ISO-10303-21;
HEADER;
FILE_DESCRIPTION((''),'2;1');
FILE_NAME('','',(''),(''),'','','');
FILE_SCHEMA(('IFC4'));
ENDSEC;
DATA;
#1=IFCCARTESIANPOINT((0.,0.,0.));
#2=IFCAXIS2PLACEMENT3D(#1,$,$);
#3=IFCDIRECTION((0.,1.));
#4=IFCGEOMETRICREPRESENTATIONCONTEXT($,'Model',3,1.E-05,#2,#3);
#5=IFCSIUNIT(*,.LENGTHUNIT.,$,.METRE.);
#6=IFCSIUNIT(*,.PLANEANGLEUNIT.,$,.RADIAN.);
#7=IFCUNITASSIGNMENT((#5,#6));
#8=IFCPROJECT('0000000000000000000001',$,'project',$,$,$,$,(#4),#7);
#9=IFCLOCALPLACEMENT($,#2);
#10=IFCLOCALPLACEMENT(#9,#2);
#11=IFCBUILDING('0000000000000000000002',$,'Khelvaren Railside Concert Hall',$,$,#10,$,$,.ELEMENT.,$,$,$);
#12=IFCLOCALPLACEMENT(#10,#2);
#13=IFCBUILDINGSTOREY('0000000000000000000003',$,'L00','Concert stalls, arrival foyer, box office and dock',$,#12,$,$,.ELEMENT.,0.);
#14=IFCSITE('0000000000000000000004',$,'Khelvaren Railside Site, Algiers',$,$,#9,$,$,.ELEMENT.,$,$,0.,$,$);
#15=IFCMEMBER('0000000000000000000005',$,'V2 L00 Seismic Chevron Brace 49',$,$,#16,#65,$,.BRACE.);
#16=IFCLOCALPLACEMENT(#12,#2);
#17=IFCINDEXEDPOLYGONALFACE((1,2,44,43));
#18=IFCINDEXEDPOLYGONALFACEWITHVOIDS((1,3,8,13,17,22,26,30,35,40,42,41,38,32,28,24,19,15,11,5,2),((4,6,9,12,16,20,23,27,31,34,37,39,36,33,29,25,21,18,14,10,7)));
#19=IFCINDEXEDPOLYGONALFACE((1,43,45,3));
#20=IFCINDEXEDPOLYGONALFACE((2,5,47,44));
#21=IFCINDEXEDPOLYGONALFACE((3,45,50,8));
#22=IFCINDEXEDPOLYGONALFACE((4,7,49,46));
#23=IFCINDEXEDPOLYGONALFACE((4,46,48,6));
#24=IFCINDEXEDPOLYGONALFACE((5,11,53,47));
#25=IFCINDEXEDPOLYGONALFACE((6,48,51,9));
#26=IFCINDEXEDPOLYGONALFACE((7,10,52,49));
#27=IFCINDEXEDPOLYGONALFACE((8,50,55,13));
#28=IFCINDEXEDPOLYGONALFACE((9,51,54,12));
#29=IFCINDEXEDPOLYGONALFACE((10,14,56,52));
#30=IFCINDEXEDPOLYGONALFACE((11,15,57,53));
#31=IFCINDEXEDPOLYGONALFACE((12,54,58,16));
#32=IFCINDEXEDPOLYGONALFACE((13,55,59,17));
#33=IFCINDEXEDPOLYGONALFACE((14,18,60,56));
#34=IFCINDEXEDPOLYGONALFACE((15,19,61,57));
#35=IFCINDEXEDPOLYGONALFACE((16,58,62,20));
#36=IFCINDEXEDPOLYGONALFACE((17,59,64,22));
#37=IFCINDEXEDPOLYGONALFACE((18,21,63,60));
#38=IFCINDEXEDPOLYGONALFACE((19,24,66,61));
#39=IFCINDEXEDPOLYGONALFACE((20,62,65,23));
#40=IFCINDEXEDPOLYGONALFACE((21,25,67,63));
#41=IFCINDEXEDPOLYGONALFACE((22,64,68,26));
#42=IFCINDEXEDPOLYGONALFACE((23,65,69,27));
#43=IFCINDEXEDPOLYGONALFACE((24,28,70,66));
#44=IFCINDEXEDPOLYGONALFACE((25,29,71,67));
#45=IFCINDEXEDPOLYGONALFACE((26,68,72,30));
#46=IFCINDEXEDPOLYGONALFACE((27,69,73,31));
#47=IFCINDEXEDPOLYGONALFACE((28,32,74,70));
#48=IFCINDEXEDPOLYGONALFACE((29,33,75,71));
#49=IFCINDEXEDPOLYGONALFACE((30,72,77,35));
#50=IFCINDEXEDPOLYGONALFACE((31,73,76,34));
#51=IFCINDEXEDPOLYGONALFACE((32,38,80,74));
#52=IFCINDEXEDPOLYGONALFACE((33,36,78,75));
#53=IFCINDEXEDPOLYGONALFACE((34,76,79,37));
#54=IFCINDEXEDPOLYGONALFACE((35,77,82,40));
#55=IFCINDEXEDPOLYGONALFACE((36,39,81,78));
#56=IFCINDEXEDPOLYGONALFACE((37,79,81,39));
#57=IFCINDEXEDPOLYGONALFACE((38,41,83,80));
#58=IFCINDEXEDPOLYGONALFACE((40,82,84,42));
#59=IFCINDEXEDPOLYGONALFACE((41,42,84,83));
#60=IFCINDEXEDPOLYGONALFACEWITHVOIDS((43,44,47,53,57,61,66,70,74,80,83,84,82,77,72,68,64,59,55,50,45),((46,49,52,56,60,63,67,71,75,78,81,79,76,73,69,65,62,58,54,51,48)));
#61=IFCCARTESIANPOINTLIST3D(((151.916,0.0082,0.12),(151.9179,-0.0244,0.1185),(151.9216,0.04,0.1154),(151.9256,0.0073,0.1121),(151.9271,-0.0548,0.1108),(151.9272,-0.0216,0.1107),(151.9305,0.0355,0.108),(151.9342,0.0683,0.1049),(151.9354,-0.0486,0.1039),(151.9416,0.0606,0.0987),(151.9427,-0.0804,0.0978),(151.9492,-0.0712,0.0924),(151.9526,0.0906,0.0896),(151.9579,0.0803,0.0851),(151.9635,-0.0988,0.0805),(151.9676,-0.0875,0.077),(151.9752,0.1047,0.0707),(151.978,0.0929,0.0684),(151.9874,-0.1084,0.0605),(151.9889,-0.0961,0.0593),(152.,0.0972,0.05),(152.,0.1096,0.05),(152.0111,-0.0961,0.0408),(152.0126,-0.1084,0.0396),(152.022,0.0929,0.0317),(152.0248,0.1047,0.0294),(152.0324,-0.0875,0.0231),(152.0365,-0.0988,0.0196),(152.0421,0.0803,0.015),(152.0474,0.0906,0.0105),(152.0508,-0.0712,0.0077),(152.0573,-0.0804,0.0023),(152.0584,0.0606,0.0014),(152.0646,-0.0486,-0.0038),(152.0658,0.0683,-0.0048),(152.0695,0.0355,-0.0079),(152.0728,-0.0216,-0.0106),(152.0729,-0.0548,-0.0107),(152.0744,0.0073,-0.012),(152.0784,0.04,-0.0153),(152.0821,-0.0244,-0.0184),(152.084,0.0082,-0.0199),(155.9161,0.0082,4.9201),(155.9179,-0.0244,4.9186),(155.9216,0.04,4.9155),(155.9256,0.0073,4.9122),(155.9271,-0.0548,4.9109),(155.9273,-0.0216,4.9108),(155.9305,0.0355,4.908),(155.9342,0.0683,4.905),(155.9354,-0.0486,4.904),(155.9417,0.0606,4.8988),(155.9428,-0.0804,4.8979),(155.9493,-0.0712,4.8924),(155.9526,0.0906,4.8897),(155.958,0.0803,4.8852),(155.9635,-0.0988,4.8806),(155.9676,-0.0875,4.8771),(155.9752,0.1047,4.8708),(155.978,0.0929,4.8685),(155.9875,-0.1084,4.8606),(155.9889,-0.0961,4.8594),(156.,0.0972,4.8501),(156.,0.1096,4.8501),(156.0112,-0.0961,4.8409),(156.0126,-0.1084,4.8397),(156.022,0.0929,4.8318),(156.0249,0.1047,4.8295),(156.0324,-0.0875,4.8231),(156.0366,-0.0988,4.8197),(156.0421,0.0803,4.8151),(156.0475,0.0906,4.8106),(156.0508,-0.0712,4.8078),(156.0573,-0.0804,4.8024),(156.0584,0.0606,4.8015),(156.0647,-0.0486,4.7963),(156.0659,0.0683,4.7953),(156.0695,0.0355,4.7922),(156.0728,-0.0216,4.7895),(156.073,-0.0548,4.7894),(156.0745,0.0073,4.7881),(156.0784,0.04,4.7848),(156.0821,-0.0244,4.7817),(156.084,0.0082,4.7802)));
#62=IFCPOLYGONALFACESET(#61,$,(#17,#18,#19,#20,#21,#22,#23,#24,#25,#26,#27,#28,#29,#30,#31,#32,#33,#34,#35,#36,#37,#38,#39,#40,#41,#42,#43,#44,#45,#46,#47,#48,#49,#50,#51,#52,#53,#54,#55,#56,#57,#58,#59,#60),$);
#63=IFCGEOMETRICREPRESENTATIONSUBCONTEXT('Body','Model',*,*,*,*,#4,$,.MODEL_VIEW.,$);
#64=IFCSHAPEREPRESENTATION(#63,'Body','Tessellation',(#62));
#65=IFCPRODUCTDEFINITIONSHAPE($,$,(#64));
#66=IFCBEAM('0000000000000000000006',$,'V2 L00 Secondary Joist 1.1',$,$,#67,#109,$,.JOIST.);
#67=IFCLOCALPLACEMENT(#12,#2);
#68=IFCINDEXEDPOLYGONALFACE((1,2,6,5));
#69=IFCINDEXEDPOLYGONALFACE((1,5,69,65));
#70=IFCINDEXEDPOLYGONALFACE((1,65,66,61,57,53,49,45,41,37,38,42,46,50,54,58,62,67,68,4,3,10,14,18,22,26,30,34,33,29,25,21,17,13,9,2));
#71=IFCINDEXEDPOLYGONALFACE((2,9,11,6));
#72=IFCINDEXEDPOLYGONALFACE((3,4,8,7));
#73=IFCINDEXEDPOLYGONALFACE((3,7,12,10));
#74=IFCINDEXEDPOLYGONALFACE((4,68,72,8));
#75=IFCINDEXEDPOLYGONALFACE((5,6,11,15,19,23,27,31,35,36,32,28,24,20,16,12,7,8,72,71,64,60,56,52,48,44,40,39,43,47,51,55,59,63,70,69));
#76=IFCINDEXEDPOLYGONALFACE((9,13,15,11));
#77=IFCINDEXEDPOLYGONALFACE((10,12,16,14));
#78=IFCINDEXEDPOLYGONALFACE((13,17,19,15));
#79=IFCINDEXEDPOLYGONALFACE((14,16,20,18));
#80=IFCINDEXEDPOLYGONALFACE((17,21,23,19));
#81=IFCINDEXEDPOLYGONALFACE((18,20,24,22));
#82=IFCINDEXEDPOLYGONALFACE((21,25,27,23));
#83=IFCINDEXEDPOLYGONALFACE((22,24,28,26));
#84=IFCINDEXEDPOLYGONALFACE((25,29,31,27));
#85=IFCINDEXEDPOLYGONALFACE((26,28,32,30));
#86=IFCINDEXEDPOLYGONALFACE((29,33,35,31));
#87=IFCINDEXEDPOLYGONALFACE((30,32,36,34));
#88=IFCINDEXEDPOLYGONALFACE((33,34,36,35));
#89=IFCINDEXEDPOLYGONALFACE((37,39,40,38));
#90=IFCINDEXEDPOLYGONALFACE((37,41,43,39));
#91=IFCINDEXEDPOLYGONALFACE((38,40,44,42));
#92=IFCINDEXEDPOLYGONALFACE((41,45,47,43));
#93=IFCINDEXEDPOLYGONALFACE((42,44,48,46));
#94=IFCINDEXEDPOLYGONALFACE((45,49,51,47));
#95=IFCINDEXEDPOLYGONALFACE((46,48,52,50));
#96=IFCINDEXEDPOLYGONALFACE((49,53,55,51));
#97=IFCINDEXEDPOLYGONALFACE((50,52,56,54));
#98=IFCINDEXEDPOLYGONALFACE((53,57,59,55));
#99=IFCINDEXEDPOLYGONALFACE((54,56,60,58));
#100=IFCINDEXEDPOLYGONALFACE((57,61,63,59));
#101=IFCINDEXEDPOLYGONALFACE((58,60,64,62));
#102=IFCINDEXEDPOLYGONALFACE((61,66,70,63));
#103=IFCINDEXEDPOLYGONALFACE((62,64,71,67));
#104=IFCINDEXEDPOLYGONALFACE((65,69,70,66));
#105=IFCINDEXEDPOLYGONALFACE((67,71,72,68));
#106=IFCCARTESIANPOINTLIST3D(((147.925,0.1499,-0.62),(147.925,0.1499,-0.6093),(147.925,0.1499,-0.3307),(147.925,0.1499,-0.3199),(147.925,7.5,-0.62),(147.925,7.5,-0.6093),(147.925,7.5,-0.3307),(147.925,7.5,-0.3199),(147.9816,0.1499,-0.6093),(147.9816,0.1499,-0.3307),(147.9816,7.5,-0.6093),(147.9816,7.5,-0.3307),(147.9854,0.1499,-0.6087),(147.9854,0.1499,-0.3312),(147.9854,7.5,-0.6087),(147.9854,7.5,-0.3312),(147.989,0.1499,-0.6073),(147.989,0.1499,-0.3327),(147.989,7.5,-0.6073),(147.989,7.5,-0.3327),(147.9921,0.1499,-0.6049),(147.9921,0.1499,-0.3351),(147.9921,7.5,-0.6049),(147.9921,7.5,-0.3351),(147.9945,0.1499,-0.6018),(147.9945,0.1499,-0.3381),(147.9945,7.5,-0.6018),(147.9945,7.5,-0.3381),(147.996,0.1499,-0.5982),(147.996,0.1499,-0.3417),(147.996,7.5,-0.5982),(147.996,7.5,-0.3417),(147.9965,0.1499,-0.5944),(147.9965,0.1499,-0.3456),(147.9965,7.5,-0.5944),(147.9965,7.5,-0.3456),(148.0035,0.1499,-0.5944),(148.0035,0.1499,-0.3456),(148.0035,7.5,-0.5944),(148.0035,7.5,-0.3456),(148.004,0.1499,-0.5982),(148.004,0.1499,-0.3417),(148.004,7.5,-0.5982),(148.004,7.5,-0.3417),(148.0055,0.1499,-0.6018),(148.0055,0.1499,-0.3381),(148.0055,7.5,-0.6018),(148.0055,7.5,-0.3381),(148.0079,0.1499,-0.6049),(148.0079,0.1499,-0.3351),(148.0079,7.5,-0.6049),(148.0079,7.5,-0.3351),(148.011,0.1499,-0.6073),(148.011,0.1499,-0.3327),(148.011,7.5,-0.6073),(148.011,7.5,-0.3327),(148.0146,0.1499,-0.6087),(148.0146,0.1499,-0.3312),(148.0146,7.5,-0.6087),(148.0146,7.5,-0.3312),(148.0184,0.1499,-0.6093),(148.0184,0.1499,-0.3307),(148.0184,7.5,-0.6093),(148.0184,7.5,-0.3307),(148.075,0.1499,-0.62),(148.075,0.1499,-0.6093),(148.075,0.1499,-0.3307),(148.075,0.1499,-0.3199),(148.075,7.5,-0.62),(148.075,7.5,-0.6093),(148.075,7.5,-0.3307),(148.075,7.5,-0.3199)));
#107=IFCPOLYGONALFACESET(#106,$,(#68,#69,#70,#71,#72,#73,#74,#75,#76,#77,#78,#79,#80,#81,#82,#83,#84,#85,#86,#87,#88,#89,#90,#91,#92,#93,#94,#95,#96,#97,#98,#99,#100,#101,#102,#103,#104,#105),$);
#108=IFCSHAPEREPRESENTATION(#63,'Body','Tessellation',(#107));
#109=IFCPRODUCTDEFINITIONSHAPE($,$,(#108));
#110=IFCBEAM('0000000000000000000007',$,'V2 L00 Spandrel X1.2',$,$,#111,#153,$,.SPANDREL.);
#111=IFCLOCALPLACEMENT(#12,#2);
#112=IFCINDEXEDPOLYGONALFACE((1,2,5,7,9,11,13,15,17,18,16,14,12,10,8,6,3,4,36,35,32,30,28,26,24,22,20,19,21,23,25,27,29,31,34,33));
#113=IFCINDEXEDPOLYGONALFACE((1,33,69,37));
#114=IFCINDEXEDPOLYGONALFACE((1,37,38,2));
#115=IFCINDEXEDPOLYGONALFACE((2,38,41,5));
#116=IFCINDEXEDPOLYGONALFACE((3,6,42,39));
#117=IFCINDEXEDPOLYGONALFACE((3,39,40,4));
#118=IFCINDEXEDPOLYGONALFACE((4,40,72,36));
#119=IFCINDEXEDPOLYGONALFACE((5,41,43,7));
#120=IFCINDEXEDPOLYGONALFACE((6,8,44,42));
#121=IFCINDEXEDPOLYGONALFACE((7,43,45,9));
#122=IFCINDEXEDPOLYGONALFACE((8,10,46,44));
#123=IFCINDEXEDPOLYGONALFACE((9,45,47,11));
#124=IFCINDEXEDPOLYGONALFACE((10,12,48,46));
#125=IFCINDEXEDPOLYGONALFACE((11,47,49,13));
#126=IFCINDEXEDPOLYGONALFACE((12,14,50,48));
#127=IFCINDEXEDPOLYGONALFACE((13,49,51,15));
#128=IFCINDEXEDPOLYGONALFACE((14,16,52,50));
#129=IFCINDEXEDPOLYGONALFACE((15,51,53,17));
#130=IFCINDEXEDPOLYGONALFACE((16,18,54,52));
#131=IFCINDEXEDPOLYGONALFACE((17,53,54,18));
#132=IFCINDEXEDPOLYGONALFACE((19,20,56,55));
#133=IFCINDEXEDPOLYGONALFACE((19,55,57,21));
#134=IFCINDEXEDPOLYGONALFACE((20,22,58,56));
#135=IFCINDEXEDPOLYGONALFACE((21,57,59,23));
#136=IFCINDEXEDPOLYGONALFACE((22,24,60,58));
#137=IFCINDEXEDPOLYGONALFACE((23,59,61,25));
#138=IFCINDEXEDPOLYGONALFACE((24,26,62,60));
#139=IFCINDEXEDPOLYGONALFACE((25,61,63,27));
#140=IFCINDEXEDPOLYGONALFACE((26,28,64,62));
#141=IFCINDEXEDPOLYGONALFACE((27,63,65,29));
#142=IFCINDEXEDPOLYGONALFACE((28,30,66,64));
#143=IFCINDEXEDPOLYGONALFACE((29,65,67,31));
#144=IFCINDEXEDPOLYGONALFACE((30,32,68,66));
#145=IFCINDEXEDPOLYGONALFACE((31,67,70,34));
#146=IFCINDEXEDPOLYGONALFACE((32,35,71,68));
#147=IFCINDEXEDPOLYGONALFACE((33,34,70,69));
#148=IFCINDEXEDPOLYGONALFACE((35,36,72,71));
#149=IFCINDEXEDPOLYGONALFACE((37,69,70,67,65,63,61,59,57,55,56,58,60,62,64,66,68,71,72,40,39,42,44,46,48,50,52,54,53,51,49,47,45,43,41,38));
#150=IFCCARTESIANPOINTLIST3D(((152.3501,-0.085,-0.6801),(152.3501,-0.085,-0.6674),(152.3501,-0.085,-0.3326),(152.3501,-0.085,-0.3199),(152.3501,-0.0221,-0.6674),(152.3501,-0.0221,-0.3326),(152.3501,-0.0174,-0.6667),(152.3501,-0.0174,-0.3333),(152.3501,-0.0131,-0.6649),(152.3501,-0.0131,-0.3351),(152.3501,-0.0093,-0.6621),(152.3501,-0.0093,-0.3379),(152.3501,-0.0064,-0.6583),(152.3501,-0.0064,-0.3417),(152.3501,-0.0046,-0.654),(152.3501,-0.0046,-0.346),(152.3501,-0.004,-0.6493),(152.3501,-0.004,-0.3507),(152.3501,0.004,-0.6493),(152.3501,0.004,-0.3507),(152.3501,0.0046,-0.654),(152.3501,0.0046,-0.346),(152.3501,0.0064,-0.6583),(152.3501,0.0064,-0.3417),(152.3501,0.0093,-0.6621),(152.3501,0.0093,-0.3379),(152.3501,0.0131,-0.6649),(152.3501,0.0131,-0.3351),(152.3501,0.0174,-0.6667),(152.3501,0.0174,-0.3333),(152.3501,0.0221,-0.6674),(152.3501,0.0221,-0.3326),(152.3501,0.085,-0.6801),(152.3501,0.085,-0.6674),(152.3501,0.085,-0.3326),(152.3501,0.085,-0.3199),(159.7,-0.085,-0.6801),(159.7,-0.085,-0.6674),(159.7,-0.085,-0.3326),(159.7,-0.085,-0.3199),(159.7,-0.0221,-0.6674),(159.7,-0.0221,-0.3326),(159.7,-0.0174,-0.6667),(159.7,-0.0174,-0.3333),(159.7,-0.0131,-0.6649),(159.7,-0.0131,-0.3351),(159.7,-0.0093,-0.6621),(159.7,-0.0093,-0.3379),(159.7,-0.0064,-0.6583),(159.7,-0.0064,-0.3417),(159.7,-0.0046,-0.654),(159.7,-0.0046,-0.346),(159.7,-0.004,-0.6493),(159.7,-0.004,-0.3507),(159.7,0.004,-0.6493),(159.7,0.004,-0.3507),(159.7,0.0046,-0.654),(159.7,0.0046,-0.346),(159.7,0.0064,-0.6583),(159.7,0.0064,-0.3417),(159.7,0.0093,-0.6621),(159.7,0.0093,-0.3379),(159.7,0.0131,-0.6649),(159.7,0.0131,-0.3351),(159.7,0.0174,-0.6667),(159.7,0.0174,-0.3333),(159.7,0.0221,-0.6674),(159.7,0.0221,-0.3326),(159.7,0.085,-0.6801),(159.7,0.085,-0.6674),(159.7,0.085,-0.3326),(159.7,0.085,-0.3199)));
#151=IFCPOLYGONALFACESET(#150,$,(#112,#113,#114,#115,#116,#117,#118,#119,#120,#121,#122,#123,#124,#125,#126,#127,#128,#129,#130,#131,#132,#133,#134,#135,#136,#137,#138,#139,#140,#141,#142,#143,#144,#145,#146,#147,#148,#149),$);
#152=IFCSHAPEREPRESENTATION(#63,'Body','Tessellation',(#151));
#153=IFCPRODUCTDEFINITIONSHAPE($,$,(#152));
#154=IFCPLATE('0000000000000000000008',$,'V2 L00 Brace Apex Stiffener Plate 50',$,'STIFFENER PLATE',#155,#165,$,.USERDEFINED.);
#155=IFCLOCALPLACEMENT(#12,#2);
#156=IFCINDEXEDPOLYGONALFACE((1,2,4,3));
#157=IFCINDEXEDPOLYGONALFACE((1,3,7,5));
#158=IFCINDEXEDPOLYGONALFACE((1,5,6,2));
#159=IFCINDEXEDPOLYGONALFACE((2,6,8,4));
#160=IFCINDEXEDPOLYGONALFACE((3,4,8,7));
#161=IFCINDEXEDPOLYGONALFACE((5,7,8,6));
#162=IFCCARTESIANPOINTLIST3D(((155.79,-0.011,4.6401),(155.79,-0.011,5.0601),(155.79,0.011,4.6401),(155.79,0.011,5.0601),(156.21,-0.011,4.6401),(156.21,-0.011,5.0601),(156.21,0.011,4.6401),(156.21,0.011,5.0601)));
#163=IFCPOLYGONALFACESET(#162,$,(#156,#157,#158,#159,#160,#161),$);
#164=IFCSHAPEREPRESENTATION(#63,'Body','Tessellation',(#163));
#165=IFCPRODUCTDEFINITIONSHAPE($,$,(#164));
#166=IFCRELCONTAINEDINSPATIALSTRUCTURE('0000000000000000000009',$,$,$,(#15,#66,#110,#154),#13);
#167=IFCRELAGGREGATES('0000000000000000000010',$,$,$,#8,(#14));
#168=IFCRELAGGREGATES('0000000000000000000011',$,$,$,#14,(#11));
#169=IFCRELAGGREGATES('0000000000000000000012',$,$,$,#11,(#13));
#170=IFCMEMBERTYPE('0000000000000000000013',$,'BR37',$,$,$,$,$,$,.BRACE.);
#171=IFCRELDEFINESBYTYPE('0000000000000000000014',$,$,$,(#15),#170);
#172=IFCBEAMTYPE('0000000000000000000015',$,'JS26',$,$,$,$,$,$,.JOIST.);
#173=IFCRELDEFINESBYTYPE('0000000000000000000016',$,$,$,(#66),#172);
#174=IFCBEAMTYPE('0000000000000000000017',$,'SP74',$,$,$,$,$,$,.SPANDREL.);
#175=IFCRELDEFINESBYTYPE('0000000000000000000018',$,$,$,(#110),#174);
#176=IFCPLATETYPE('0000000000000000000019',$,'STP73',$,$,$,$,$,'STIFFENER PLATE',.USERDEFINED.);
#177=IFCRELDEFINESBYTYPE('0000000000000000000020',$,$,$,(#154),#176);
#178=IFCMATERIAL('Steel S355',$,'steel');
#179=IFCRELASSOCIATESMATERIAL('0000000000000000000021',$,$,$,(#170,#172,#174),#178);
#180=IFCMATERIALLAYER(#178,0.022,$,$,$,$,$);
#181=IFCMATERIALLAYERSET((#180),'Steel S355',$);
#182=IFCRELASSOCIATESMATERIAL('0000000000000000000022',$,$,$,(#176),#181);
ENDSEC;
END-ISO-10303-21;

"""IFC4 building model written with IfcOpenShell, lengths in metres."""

from ifc_helpers import new_model, si_unit, direction, frame, origin, origin_2d, place, context, subcontext, project, spatial, rectangle, hollow_circle, i_section, extrude, material, layer, layer_set, material_profile, profile_set, type_object, element, save


model = new_model("IFC4")

# Units and contexts
model_context = context("Model", 3, precision=1e-05, world=origin(), true_north=direction((0.0, 1.0)))
body_context = subcontext(model_context, "Body", "Model", "MODEL_VIEW")
ifc_project = project(units=[si_unit("LENGTHUNIT", "METRE"), si_unit("PLANEANGLEUNIT", "RADIAN")], contexts=[model_context])

# Site, building, storey
site_placement = place(None, origin())
site = spatial("IfcSite", under=ifc_project, at=site_placement, Name="Khelvaren Railside Site, Algiers", CompositionType="ELEMENT", RefElevation=0.0)
building_placement = place(site_placement, origin())
building = spatial("IfcBuilding", under=site, at=building_placement, Name="Khelvaren Railside Concert Hall", CompositionType="ELEMENT")
storey_placement = place(building_placement, origin())
storey = spatial("IfcBuildingStorey", under=building, at=storey_placement, Name="L00", Description="Concert stalls, arrival foyer, box office and dock", CompositionType="ELEMENT", Elevation=0.0)

# Shared definitions
ifc_material_1 = material(Name="Steel S355", Category="steel")

# Member
ifc_material_profile_1 = material_profile(ifc_material_1, hollow_circle(Radius=0.1096, WallThickness=0.0125, at=origin_2d()), Name="CHS 219.1x12.5")
ifc_profile_set_1 = profile_set([ifc_material_profile_1], Name="Steel S355")
member_type = type_object("IfcMemberType", Name="BR37", PredefinedType="BRACE", material=ifc_profile_set_1)
member_placement = place(storey_placement, frame((152.0, 0.0, 0.05), z_axis=(0.640181, 0.0, 0.768224), x_axis=(0.0, 1.0, 0.0)))
element("IfcMember", 1, at=member_placement, inside=storey, type_object=member_type, Name="V2 L00 Seismic Chevron Brace 49", PredefinedType="BRACE", context=body_context, shape_type="SweptSolid", body=[
    extrude(hollow_circle(Radius=0.1096, WallThickness=0.0125, at=origin_2d()), origin(), (0.0, 0.0, 1.0), 6.2483),
])

# Beams
ifc_material_profile_2 = material_profile(ifc_material_1, i_section(OverallWidth=0.1499, OverallDepth=0.3, WebThickness=0.0071, FlangeThickness=0.0107, FilletRadius=0.0149, at=origin_2d()), Name="IPE 300")
ifc_profile_set_2 = profile_set([ifc_material_profile_2], Name="Steel S355")
beam_type_1 = type_object("IfcBeamType", Name="JS26", PredefinedType="JOIST", material=ifc_profile_set_2)
beam_1_placement = place(storey_placement, frame((148.0, 0.1499, -0.47), z_axis=(0.0, 1.0, 0.0), x_axis=(-1.0, 0.0, 0.0)))
element("IfcBeam", 2, at=beam_1_placement, inside=storey, type_object=beam_type_1, Name="V2 L00 Secondary Joist 1.1", PredefinedType="JOIST", context=body_context, shape_type="SweptSolid", body=[
    extrude(i_section(OverallWidth=0.1499, OverallDepth=0.3, WebThickness=0.0071, FlangeThickness=0.0107, FilletRadius=0.0149, at=origin_2d()), origin(), (0.0, 0.0, 1.0), 7.3501),
])
ifc_material_profile_3 = material_profile(ifc_material_1, i_section(OverallWidth=0.1699, OverallDepth=0.3601, WebThickness=0.0081, FlangeThickness=0.0127, FilletRadius=0.0181, at=origin_2d()), Name="IPE 360")
ifc_profile_set_3 = profile_set([ifc_material_profile_3], Name="Steel S355")
beam_type_2 = type_object("IfcBeamType", Name="SP74", PredefinedType="SPANDREL", material=ifc_profile_set_3)
beam_2_placement = place(storey_placement, frame((152.3501, 0.0, -0.5), z_axis=(1.0, 0.0, 0.0), x_axis=(0.0, 1.0, 0.0)))
element("IfcBeam", 3, at=beam_2_placement, inside=storey, type_object=beam_type_2, Name="V2 L00 Spandrel X1.2", PredefinedType="SPANDREL", context=body_context, shape_type="SweptSolid", body=[
    extrude(i_section(OverallWidth=0.1699, OverallDepth=0.3601, WebThickness=0.0081, FlangeThickness=0.0127, FilletRadius=0.0181, at=origin_2d()), origin(), (0.0, 0.0, 1.0), 7.3499),
])

# Plate
ifc_layer_1 = layer(ifc_material_1, 0.022)
ifc_layer_set_1 = layer_set([ifc_layer_1], Name="Steel S355")
plate_type = type_object("IfcPlateType", Name="STP73", ElementType="STIFFENER PLATE", PredefinedType="USERDEFINED", material=ifc_layer_set_1)
plate_placement = place(storey_placement, frame((156.0, 0.0, 4.6401), z_axis=(0.0, 0.0, 1.0), x_axis=(1.0, 0.0, 0.0)))
element("IfcPlate", 4, at=plate_placement, inside=storey, type_object=plate_type, Name="V2 L00 Brace Apex Stiffener Plate 50", ObjectType="STIFFENER PLATE", PredefinedType="USERDEFINED", context=body_context, shape_type="SweptSolid", body=[
    extrude(rectangle(XDim=0.4199, YDim=0.022, at=origin_2d()), origin(), (0.0, 0.0, 1.0), 0.4199),
])

save(model, "model.ifc")
